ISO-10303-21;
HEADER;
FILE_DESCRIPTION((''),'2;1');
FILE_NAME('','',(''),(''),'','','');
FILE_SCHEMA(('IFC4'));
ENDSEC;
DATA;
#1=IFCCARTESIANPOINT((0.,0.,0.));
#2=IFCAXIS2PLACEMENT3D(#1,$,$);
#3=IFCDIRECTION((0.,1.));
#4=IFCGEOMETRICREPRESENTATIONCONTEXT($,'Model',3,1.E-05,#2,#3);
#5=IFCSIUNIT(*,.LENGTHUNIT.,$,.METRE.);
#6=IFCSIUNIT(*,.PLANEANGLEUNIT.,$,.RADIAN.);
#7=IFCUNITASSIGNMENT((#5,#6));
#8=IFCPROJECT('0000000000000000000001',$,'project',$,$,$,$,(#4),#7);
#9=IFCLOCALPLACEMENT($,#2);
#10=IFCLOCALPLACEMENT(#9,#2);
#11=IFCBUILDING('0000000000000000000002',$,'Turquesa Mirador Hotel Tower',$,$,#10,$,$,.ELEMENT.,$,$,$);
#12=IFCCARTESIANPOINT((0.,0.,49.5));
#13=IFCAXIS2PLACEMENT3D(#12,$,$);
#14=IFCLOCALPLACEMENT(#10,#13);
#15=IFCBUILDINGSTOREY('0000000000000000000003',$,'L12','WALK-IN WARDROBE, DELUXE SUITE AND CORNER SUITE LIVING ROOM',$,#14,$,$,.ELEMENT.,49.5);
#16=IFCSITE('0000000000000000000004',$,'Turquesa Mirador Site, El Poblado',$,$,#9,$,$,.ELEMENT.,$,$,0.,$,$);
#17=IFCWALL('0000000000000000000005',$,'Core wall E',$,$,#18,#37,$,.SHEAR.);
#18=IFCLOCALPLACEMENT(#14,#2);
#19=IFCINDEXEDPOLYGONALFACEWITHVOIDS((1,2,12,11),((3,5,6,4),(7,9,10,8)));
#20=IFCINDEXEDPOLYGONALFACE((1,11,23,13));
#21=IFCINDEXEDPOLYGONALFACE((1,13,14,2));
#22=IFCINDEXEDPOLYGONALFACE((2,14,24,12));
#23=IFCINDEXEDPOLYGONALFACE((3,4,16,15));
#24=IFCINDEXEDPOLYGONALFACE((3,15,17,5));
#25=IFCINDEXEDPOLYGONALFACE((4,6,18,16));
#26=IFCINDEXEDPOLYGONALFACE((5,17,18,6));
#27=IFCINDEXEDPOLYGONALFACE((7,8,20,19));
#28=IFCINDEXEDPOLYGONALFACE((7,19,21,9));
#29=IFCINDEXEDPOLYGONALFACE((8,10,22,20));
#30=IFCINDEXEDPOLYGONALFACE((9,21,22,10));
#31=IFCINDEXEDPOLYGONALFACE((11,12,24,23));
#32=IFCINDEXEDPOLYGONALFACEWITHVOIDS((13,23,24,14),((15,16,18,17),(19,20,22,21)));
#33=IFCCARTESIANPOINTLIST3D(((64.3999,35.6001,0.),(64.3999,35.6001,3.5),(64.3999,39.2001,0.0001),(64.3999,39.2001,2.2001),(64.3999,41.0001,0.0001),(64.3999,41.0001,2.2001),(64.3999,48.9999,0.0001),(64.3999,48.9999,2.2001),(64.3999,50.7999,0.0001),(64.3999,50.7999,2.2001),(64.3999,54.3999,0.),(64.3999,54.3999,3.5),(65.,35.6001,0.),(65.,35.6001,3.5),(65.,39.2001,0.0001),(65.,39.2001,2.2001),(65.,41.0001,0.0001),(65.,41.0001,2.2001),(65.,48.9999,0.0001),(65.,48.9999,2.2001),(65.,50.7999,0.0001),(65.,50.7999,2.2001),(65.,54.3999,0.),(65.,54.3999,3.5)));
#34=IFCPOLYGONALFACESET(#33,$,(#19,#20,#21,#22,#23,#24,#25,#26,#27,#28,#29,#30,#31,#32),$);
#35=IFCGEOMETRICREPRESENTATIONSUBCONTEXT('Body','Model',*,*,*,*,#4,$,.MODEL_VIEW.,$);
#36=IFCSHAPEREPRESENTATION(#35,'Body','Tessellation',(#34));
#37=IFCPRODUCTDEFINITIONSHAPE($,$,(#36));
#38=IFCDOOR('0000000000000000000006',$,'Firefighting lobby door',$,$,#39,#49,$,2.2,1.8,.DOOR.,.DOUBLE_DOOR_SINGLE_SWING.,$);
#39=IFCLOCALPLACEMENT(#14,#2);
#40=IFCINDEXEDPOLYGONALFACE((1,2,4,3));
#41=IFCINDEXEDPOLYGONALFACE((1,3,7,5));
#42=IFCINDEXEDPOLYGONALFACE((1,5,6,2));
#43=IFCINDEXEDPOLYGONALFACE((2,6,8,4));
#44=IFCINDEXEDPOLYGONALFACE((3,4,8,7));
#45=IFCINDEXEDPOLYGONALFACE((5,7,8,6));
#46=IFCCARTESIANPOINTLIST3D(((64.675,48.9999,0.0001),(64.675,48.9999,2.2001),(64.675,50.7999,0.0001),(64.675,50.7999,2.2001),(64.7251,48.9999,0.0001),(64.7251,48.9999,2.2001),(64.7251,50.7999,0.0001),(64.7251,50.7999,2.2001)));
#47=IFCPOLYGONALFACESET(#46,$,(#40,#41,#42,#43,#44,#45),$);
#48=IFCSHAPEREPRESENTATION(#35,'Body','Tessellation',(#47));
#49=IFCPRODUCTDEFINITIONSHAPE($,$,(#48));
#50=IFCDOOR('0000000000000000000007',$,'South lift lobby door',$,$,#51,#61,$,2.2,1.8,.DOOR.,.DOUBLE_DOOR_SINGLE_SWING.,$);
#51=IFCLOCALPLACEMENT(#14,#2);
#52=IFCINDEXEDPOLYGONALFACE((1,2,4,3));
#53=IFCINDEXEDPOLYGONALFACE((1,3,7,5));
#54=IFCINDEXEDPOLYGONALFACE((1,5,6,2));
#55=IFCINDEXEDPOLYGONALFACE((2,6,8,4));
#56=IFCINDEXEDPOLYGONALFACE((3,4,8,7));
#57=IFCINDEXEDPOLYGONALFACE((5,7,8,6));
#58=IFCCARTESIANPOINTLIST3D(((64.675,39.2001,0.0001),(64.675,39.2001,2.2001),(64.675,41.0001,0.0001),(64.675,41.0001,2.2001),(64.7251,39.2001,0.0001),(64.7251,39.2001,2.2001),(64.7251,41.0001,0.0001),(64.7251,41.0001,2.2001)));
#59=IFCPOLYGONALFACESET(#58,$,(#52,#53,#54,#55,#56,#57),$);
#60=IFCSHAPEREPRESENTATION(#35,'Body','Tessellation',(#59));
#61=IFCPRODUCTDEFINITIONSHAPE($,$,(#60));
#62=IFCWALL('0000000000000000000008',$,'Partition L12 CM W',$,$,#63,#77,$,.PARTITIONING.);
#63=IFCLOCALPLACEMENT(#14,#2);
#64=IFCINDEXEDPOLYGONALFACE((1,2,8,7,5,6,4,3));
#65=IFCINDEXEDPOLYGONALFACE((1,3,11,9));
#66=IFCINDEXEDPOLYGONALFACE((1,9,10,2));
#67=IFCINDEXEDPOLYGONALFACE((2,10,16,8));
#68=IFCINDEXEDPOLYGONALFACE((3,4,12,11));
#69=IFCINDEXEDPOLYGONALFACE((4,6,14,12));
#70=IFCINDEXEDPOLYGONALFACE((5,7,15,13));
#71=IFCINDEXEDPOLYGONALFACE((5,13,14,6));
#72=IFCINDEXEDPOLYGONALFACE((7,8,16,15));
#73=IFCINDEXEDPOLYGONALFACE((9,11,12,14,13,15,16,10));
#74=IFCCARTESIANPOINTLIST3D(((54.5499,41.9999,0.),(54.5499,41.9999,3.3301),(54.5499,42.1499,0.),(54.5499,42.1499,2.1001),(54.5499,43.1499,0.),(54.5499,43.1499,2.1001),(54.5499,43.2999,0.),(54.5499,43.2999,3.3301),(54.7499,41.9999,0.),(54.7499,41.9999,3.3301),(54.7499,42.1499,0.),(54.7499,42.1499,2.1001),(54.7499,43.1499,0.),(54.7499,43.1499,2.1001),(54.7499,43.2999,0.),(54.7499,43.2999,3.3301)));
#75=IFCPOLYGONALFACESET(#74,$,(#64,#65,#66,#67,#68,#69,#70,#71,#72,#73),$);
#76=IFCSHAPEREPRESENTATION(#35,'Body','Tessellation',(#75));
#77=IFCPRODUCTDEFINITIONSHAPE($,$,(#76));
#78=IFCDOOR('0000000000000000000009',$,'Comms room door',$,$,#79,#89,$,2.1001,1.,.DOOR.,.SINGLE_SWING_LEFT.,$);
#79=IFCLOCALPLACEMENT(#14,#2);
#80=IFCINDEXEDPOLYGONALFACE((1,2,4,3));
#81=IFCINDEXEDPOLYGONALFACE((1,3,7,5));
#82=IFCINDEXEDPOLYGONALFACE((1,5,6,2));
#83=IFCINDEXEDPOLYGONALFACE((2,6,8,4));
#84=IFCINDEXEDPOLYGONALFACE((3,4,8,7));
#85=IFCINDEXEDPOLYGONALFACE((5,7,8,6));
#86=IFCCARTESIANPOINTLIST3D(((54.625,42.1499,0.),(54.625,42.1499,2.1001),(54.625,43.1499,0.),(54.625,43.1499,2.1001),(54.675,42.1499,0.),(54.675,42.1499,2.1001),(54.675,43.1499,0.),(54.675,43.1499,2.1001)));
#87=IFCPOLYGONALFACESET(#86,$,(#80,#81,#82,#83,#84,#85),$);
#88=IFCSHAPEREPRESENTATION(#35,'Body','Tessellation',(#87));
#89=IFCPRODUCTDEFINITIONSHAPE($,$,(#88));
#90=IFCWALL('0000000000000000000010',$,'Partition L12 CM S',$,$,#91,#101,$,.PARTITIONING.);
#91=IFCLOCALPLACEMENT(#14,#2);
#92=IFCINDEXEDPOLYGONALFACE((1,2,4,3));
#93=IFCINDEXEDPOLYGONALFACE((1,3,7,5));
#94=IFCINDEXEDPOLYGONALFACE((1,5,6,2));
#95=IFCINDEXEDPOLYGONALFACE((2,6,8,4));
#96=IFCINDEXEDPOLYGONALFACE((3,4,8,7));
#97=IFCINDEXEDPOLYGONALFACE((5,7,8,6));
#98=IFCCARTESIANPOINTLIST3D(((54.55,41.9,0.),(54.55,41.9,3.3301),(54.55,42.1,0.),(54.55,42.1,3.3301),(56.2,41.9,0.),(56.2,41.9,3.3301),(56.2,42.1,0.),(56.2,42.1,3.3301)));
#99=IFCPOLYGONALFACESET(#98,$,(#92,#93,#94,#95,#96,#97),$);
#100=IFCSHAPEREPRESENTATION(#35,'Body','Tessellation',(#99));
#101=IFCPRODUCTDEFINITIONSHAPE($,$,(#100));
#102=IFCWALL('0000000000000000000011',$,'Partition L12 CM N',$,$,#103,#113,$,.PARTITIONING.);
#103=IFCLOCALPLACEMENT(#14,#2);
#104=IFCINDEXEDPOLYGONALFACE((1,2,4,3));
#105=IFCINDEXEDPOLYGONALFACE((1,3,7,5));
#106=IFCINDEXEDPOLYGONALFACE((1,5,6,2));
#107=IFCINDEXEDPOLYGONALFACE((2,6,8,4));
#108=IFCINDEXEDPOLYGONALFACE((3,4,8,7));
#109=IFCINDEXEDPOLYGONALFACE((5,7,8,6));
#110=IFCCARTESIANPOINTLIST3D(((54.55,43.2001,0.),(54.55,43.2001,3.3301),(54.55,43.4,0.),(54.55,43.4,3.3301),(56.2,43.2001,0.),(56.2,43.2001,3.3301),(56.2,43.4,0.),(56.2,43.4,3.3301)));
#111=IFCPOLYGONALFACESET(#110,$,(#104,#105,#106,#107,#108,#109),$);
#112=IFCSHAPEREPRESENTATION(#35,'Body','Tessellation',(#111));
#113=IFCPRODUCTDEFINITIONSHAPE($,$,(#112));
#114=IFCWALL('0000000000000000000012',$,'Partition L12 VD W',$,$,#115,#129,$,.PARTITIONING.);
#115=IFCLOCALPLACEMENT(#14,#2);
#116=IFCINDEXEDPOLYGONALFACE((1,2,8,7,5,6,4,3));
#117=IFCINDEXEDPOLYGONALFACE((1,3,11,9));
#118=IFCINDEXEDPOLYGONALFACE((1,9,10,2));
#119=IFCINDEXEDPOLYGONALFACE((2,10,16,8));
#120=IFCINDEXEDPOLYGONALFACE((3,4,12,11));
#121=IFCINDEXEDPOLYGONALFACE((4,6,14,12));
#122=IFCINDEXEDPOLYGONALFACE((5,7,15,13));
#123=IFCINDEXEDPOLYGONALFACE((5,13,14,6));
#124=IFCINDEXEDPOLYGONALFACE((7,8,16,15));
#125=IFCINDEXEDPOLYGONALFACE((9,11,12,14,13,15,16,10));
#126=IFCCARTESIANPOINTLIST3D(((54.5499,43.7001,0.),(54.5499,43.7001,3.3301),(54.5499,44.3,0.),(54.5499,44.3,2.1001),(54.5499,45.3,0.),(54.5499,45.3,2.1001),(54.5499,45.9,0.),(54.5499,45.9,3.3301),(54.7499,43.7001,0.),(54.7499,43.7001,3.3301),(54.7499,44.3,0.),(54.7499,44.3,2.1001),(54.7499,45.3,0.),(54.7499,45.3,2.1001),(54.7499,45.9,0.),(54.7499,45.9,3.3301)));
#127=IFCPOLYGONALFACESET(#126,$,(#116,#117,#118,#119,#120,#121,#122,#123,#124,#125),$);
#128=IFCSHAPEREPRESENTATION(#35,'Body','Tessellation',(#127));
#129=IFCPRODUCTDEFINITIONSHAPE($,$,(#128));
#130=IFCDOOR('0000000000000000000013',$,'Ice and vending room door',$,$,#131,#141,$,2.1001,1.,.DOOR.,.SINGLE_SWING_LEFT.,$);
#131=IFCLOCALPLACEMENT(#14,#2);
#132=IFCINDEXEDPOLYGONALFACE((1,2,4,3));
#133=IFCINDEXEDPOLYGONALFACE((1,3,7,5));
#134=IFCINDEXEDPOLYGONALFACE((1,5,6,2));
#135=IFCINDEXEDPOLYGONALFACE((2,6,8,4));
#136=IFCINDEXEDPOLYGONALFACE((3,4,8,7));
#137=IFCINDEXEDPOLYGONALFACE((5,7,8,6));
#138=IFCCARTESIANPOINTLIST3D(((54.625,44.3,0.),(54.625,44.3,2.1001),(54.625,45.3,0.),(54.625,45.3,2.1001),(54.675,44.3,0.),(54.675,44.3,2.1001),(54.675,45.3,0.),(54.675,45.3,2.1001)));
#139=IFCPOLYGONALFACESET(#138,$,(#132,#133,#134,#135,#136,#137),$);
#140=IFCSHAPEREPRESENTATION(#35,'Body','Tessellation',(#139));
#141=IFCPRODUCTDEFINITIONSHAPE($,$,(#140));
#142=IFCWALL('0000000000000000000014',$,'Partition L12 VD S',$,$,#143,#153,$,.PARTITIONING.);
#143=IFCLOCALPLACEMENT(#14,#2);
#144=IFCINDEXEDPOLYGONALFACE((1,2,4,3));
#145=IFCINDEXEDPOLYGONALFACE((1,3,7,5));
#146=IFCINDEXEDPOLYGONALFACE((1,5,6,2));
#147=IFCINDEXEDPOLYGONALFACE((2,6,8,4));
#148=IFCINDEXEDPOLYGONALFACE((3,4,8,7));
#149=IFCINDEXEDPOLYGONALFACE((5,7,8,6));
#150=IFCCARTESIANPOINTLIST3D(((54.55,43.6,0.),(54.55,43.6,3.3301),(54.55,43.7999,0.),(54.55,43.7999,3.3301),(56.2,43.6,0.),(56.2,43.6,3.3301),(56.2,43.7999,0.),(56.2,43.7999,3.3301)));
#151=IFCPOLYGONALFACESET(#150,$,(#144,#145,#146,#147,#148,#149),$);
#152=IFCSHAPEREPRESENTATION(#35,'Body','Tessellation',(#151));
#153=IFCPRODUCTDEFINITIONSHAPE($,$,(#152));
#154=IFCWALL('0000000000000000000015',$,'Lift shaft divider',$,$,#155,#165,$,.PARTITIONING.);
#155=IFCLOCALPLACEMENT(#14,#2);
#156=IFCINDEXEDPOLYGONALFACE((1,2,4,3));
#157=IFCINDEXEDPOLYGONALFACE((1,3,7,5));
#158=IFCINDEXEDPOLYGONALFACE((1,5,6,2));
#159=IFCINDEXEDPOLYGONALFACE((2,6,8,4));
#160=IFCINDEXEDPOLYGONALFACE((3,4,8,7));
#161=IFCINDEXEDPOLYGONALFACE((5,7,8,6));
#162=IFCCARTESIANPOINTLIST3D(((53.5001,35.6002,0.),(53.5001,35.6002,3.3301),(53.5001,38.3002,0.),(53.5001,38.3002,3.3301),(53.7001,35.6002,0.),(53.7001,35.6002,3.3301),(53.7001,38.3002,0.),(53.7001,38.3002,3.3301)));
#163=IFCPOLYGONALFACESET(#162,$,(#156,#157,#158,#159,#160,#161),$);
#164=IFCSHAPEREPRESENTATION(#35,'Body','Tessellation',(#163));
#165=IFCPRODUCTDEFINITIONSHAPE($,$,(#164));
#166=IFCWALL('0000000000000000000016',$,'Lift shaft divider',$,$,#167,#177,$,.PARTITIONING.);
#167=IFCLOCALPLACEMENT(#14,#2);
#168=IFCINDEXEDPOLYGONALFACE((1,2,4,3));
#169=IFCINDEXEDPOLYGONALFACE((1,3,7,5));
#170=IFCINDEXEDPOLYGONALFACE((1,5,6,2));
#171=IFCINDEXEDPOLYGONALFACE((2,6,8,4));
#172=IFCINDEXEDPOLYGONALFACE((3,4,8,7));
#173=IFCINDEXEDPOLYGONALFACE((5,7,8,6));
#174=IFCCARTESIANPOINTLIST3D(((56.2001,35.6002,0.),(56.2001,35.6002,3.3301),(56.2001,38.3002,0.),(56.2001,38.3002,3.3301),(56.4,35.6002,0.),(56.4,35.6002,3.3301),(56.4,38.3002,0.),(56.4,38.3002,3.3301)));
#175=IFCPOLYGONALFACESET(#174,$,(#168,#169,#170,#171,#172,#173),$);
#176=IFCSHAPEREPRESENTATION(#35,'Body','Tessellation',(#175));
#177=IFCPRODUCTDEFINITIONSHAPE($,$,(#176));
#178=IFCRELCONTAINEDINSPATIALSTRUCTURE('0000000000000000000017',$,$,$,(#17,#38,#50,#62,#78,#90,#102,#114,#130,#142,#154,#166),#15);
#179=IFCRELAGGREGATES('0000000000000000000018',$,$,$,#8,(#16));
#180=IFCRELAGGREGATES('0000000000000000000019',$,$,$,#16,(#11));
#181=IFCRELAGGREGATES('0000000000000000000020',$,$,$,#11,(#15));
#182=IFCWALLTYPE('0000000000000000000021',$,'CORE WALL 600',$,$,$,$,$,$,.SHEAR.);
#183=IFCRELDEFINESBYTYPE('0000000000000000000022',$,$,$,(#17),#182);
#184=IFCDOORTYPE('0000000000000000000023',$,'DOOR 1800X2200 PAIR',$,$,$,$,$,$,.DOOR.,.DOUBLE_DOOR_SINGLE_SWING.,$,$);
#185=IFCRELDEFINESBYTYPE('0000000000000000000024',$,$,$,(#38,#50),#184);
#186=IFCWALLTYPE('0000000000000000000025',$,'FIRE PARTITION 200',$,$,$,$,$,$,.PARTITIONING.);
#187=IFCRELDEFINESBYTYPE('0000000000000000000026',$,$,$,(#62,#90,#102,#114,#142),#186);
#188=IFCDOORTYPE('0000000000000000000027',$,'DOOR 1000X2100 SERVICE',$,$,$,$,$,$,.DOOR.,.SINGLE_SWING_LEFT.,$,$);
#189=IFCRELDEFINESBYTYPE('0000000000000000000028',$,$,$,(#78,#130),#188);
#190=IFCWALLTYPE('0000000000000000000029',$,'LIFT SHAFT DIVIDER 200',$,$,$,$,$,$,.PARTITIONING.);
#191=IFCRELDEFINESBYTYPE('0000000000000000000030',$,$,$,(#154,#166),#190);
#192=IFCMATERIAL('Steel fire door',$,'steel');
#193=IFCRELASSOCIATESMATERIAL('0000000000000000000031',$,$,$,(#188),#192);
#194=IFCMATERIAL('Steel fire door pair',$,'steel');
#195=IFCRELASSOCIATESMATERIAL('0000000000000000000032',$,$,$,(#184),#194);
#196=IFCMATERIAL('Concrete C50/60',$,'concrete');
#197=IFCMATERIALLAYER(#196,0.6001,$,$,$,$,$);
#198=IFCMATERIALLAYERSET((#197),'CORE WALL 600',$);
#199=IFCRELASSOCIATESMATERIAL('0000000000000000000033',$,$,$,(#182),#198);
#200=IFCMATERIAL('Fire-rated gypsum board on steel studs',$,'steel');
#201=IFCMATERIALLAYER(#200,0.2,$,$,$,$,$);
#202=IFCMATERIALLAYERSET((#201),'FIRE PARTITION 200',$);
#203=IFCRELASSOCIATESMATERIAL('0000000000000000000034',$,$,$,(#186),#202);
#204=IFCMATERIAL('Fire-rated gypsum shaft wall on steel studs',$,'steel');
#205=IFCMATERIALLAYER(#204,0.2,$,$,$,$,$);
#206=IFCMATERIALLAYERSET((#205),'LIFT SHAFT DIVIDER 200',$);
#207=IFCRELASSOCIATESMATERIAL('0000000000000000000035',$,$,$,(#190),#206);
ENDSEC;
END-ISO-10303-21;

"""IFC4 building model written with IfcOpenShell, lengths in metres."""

from ifc_helpers import new_model, si_unit, direction, frame, frame_2d, origin, place, context, subcontext, project, spatial, rectangle, extrude, material, layer, layer_set, type_object, element, fill, save


model = new_model("IFC4")

# Units and contexts
model_context = context("Model", 3, precision=1e-05, world=origin(), true_north=direction((0.0, 1.0)))
body_context = subcontext(model_context, "Body", "Model", "MODEL_VIEW")
ifc_project = project(units=[si_unit("LENGTHUNIT", "METRE"), si_unit("PLANEANGLEUNIT", "RADIAN")], contexts=[model_context])

# Site, building, storey
site_placement = place(None, origin())
site = spatial("IfcSite", under=ifc_project, at=site_placement, Name="Turquesa Mirador Site, El Poblado", CompositionType="ELEMENT", RefElevation=0.0)
building_placement = place(site_placement, origin())
building = spatial("IfcBuilding", under=site, at=building_placement, Name="Turquesa Mirador Hotel Tower", CompositionType="ELEMENT")
storey_placement = place(building_placement, frame((0.0, 0.0, 49.5)))
storey = spatial("IfcBuildingStorey", under=building, at=storey_placement, Name="L12", Description="WALK-IN WARDROBE, DELUXE SUITE AND CORNER SUITE LIVING ROOM", CompositionType="ELEMENT", Elevation=49.5)

# Shared definitions
ifc_material_1 = material(Name="Steel fire door", Category="steel")
door_type_1 = type_object("IfcDoorType", Name="DOOR 1000X2100 SERVICE", OperationType="SINGLE_SWING_LEFT", PredefinedType="DOOR", material=ifc_material_1)
ifc_material_2 = material(Name="Steel fire door pair", Category="steel")
door_type_2 = type_object("IfcDoorType", Name="DOOR 1800X2200 PAIR", OperationType="DOUBLE_DOOR_SINGLE_SWING", PredefinedType="DOOR", material=ifc_material_2)

# Wall, openings, doors
ifc_material_3 = material(Name="Concrete C50/60", Category="concrete")
ifc_layer_1 = layer(ifc_material_3, 0.6001)
ifc_layer_set_1 = layer_set([ifc_layer_1], Name="CORE WALL 600")
wall_type_1 = type_object("IfcWallType", Name="CORE WALL 600", PredefinedType="SHEAR", material=ifc_layer_set_1)
wall_1_placement = place(storey_placement, frame((64.7, 35.6001, 0.0), z_axis=(0.0, 0.0, 1.0), x_axis=(0.0, 1.0, 0.0)))
wall_1 = element("IfcWall", 1, at=wall_1_placement, inside=storey, type_object=wall_type_1, Name="Core wall E", PredefinedType="SHEAR", context=body_context, shape_type="SweptSolid", body=[
    extrude(rectangle(XDim=18.7998, YDim=0.6001, at=frame_2d((9.3999, 0.0))), origin(), (0.0, 0.0, 1.0), 3.5),
])
opening_1_placement = place(wall_1_placement, frame((13.3999, 0.0, 0.0)))
opening_1 = element("IfcOpeningElement", 2, at=opening_1_placement, cuts=wall_1, PredefinedType="OPENING", context=body_context, shape_type="SweptSolid", body=[
    extrude(rectangle(XDim=1.8, YDim=2.2, at=frame_2d((0.8999, 1.1001))), frame((0.0, 0.3101, 0.0), z_axis=(0.0, -1.0, 0.0), x_axis=(1.0, 0.0, 0.0)), (0.0, 0.0, 1.0), 0.6201),
])
opening_2_placement = place(wall_1_placement, frame((3.6001, 0.0, 0.0)))
opening_2 = element("IfcOpeningElement", 3, at=opening_2_placement, cuts=wall_1, PredefinedType="OPENING", context=body_context, shape_type="SweptSolid", body=[
    extrude(rectangle(XDim=1.8, YDim=2.2, at=frame_2d((0.8999, 1.1001))), frame((0.0, 0.3101, 0.0), z_axis=(0.0, -1.0, 0.0), x_axis=(1.0, 0.0, 0.0)), (0.0, 0.0, 1.0), 0.6201),
])
door_1_placement = place(opening_1_placement, origin())
door_1 = element("IfcDoor", 4, at=door_1_placement, inside=storey, type_object=door_type_2, Name="Firefighting lobby door", OperationType="DOUBLE_DOOR_SINGLE_SWING", OverallHeight=2.2, OverallWidth=1.8, PredefinedType="DOOR", context=body_context, shape_type="SweptSolid", body=[
    extrude(rectangle(XDim=1.8, YDim=2.2, at=frame_2d((0.8999, 1.1001))), frame((0.0, 0.0249, 0.0), z_axis=(0.0, -1.0, 0.0), x_axis=(1.0, 0.0, 0.0)), (0.0, 0.0, 1.0), 0.05),
])
fill(opening_1, door_1)
door_2_placement = place(opening_2_placement, origin())
door_2 = element("IfcDoor", 5, at=door_2_placement, inside=storey, type_object=door_type_2, Name="South lift lobby door", OperationType="DOUBLE_DOOR_SINGLE_SWING", OverallHeight=2.2, OverallWidth=1.8, PredefinedType="DOOR", context=body_context, shape_type="SweptSolid", body=[
    extrude(rectangle(XDim=1.8, YDim=2.2, at=frame_2d((0.8999, 1.1001))), frame((0.0, 0.0249, 0.0), z_axis=(0.0, -1.0, 0.0), x_axis=(1.0, 0.0, 0.0)), (0.0, 0.0, 1.0), 0.05),
])
fill(opening_2, door_2)

# Wall, opening, door
ifc_material_4 = material(Name="Fire-rated gypsum board on steel studs", Category="steel")
ifc_layer_2 = layer(ifc_material_4, 0.2)
ifc_layer_set_2 = layer_set([ifc_layer_2], Name="FIRE PARTITION 200")
wall_type_2 = type_object("IfcWallType", Name="FIRE PARTITION 200", PredefinedType="PARTITIONING", material=ifc_layer_set_2)
wall_2_placement = place(storey_placement, frame((54.6499, 42.0, 0.0), z_axis=(0.0, 0.0, 1.0), x_axis=(0.0, 1.0, 0.0)))
wall_2 = element("IfcWall", 6, at=wall_2_placement, inside=storey, type_object=wall_type_2, Name="Partition L12 CM W", PredefinedType="PARTITIONING", context=body_context, shape_type="SweptSolid", body=[
    extrude(rectangle(XDim=1.3, YDim=0.2, at=frame_2d((0.6499, 0.0))), origin(), (0.0, 0.0, 1.0), 3.3301),
])
opening_3_placement = place(wall_2_placement, frame((0.1499, 0.0, 0.0)))
opening_3 = element("IfcOpeningElement", 7, at=opening_3_placement, cuts=wall_2, PredefinedType="OPENING", context=body_context, shape_type="SweptSolid", body=[
    extrude(rectangle(XDim=1.0, YDim=2.1001, at=frame_2d((0.5, 1.05))), frame((0.0, 0.1099, 0.0), z_axis=(0.0, -1.0, 0.0), x_axis=(1.0, 0.0, 0.0)), (0.0, 0.0, 1.0), 0.22),
])
door_3_placement = place(opening_3_placement, origin())
door_3 = element("IfcDoor", 8, at=door_3_placement, inside=storey, type_object=door_type_1, Name="Comms room door", OperationType="SINGLE_SWING_LEFT", OverallHeight=2.1001, OverallWidth=1.0, PredefinedType="DOOR", context=body_context, shape_type="SweptSolid", body=[
    extrude(rectangle(XDim=1.0, YDim=2.1001, at=frame_2d((0.5, 1.05))), frame((0.0, 0.0249, 0.0), z_axis=(0.0, -1.0, 0.0), x_axis=(1.0, 0.0, 0.0)), (0.0, 0.0, 1.0), 0.05),
])
fill(opening_3, door_3)

# Walls
for number, where, z_axis, x_axis, name in (
    (9, (54.55, 42.0, 0.0), (0.0, 0.0, 1.0), (1.0, 0.0, 0.0), "Partition L12 CM S"),
    (10, (54.55, 43.3, 0.0), (0.0, 0.0, 1.0), (1.0, 0.0, 0.0), "Partition L12 CM N"),
):
    element("IfcWall", number, at=place(storey_placement, frame(where, z_axis=z_axis, x_axis=x_axis)), inside=storey, type_object=wall_type_2, Name=name, PredefinedType="PARTITIONING", context=body_context, shape_type="SweptSolid", body=[
        extrude(rectangle(XDim=1.6499, YDim=0.2, at=frame_2d((0.825, 0.0))), origin(), (0.0, 0.0, 1.0), 3.3301),
    ])

# Wall, opening, door
wall_3_placement = place(storey_placement, frame((54.6499, 43.7, 0.0), z_axis=(0.0, 0.0, 1.0), x_axis=(0.0, 1.0, 0.0)))
wall_3 = element("IfcWall", 11, at=wall_3_placement, inside=storey, type_object=wall_type_2, Name="Partition L12 VD W", PredefinedType="PARTITIONING", context=body_context, shape_type="SweptSolid", body=[
    extrude(rectangle(XDim=2.2, YDim=0.2, at=frame_2d((1.1001, 0.0))), origin(), (0.0, 0.0, 1.0), 3.3301),
])
opening_4_placement = place(wall_3_placement, frame((0.6001, 0.0, 0.0)))
opening_4 = element("IfcOpeningElement", 12, at=opening_4_placement, cuts=wall_3, PredefinedType="OPENING", context=body_context, shape_type="SweptSolid", body=[
    extrude(rectangle(XDim=1.0, YDim=2.1001, at=frame_2d((0.5, 1.05))), frame((0.0, 0.1099, 0.0), z_axis=(0.0, -1.0, 0.0), x_axis=(1.0, 0.0, 0.0)), (0.0, 0.0, 1.0), 0.22),
])
door_4_placement = place(opening_4_placement, origin())
door_4 = element("IfcDoor", 13, at=door_4_placement, inside=storey, type_object=door_type_1, Name="Ice and vending room door", OperationType="SINGLE_SWING_LEFT", OverallHeight=2.1001, OverallWidth=1.0, PredefinedType="DOOR", context=body_context, shape_type="SweptSolid", body=[
    extrude(rectangle(XDim=1.0, YDim=2.1001, at=frame_2d((0.5, 1.05))), frame((0.0, 0.0249, 0.0), z_axis=(0.0, -1.0, 0.0), x_axis=(1.0, 0.0, 0.0)), (0.0, 0.0, 1.0), 0.05),
])
fill(opening_4, door_4)

# Walls
wall_4_placement = place(storey_placement, frame((54.55, 43.7, 0.0), z_axis=(0.0, 0.0, 1.0), x_axis=(1.0, 0.0, 0.0)))
element("IfcWall", 14, at=wall_4_placement, inside=storey, type_object=wall_type_2, Name="Partition L12 VD S", PredefinedType="PARTITIONING", context=body_context, shape_type="SweptSolid", body=[
    extrude(rectangle(XDim=1.6499, YDim=0.2, at=frame_2d((0.825, 0.0))), origin(), (0.0, 0.0, 1.0), 3.3301),
])
ifc_material_5 = material(Name="Fire-rated gypsum shaft wall on steel studs", Category="steel")
ifc_layer_3 = layer(ifc_material_5, 0.2)
ifc_layer_set_3 = layer_set([ifc_layer_3], Name="LIFT SHAFT DIVIDER 200")
wall_type_3 = type_object("IfcWallType", Name="LIFT SHAFT DIVIDER 200", PredefinedType="PARTITIONING", material=ifc_layer_set_3)
for number, where, z_axis, x_axis, name in (
    (15, (53.6001, 35.6001, 0.0), (0.0, 0.0, 1.0), (0.0, 1.0, 0.0), "Lift shaft divider"),
    (16, (56.3, 35.6001, 0.0), (0.0, 0.0, 1.0), (0.0, 1.0, 0.0), "Lift shaft divider"),
):
    element("IfcWall", number, at=place(storey_placement, frame(where, z_axis=z_axis, x_axis=x_axis)), inside=storey, type_object=wall_type_3, Name=name, PredefinedType="PARTITIONING", context=body_context, shape_type="SweptSolid", body=[
        extrude(rectangle(XDim=2.7, YDim=0.2, at=frame_2d((1.3501, 0.0))), origin(), (0.0, 0.0, 1.0), 3.3301),
    ])

save(model, "model.ifc")
